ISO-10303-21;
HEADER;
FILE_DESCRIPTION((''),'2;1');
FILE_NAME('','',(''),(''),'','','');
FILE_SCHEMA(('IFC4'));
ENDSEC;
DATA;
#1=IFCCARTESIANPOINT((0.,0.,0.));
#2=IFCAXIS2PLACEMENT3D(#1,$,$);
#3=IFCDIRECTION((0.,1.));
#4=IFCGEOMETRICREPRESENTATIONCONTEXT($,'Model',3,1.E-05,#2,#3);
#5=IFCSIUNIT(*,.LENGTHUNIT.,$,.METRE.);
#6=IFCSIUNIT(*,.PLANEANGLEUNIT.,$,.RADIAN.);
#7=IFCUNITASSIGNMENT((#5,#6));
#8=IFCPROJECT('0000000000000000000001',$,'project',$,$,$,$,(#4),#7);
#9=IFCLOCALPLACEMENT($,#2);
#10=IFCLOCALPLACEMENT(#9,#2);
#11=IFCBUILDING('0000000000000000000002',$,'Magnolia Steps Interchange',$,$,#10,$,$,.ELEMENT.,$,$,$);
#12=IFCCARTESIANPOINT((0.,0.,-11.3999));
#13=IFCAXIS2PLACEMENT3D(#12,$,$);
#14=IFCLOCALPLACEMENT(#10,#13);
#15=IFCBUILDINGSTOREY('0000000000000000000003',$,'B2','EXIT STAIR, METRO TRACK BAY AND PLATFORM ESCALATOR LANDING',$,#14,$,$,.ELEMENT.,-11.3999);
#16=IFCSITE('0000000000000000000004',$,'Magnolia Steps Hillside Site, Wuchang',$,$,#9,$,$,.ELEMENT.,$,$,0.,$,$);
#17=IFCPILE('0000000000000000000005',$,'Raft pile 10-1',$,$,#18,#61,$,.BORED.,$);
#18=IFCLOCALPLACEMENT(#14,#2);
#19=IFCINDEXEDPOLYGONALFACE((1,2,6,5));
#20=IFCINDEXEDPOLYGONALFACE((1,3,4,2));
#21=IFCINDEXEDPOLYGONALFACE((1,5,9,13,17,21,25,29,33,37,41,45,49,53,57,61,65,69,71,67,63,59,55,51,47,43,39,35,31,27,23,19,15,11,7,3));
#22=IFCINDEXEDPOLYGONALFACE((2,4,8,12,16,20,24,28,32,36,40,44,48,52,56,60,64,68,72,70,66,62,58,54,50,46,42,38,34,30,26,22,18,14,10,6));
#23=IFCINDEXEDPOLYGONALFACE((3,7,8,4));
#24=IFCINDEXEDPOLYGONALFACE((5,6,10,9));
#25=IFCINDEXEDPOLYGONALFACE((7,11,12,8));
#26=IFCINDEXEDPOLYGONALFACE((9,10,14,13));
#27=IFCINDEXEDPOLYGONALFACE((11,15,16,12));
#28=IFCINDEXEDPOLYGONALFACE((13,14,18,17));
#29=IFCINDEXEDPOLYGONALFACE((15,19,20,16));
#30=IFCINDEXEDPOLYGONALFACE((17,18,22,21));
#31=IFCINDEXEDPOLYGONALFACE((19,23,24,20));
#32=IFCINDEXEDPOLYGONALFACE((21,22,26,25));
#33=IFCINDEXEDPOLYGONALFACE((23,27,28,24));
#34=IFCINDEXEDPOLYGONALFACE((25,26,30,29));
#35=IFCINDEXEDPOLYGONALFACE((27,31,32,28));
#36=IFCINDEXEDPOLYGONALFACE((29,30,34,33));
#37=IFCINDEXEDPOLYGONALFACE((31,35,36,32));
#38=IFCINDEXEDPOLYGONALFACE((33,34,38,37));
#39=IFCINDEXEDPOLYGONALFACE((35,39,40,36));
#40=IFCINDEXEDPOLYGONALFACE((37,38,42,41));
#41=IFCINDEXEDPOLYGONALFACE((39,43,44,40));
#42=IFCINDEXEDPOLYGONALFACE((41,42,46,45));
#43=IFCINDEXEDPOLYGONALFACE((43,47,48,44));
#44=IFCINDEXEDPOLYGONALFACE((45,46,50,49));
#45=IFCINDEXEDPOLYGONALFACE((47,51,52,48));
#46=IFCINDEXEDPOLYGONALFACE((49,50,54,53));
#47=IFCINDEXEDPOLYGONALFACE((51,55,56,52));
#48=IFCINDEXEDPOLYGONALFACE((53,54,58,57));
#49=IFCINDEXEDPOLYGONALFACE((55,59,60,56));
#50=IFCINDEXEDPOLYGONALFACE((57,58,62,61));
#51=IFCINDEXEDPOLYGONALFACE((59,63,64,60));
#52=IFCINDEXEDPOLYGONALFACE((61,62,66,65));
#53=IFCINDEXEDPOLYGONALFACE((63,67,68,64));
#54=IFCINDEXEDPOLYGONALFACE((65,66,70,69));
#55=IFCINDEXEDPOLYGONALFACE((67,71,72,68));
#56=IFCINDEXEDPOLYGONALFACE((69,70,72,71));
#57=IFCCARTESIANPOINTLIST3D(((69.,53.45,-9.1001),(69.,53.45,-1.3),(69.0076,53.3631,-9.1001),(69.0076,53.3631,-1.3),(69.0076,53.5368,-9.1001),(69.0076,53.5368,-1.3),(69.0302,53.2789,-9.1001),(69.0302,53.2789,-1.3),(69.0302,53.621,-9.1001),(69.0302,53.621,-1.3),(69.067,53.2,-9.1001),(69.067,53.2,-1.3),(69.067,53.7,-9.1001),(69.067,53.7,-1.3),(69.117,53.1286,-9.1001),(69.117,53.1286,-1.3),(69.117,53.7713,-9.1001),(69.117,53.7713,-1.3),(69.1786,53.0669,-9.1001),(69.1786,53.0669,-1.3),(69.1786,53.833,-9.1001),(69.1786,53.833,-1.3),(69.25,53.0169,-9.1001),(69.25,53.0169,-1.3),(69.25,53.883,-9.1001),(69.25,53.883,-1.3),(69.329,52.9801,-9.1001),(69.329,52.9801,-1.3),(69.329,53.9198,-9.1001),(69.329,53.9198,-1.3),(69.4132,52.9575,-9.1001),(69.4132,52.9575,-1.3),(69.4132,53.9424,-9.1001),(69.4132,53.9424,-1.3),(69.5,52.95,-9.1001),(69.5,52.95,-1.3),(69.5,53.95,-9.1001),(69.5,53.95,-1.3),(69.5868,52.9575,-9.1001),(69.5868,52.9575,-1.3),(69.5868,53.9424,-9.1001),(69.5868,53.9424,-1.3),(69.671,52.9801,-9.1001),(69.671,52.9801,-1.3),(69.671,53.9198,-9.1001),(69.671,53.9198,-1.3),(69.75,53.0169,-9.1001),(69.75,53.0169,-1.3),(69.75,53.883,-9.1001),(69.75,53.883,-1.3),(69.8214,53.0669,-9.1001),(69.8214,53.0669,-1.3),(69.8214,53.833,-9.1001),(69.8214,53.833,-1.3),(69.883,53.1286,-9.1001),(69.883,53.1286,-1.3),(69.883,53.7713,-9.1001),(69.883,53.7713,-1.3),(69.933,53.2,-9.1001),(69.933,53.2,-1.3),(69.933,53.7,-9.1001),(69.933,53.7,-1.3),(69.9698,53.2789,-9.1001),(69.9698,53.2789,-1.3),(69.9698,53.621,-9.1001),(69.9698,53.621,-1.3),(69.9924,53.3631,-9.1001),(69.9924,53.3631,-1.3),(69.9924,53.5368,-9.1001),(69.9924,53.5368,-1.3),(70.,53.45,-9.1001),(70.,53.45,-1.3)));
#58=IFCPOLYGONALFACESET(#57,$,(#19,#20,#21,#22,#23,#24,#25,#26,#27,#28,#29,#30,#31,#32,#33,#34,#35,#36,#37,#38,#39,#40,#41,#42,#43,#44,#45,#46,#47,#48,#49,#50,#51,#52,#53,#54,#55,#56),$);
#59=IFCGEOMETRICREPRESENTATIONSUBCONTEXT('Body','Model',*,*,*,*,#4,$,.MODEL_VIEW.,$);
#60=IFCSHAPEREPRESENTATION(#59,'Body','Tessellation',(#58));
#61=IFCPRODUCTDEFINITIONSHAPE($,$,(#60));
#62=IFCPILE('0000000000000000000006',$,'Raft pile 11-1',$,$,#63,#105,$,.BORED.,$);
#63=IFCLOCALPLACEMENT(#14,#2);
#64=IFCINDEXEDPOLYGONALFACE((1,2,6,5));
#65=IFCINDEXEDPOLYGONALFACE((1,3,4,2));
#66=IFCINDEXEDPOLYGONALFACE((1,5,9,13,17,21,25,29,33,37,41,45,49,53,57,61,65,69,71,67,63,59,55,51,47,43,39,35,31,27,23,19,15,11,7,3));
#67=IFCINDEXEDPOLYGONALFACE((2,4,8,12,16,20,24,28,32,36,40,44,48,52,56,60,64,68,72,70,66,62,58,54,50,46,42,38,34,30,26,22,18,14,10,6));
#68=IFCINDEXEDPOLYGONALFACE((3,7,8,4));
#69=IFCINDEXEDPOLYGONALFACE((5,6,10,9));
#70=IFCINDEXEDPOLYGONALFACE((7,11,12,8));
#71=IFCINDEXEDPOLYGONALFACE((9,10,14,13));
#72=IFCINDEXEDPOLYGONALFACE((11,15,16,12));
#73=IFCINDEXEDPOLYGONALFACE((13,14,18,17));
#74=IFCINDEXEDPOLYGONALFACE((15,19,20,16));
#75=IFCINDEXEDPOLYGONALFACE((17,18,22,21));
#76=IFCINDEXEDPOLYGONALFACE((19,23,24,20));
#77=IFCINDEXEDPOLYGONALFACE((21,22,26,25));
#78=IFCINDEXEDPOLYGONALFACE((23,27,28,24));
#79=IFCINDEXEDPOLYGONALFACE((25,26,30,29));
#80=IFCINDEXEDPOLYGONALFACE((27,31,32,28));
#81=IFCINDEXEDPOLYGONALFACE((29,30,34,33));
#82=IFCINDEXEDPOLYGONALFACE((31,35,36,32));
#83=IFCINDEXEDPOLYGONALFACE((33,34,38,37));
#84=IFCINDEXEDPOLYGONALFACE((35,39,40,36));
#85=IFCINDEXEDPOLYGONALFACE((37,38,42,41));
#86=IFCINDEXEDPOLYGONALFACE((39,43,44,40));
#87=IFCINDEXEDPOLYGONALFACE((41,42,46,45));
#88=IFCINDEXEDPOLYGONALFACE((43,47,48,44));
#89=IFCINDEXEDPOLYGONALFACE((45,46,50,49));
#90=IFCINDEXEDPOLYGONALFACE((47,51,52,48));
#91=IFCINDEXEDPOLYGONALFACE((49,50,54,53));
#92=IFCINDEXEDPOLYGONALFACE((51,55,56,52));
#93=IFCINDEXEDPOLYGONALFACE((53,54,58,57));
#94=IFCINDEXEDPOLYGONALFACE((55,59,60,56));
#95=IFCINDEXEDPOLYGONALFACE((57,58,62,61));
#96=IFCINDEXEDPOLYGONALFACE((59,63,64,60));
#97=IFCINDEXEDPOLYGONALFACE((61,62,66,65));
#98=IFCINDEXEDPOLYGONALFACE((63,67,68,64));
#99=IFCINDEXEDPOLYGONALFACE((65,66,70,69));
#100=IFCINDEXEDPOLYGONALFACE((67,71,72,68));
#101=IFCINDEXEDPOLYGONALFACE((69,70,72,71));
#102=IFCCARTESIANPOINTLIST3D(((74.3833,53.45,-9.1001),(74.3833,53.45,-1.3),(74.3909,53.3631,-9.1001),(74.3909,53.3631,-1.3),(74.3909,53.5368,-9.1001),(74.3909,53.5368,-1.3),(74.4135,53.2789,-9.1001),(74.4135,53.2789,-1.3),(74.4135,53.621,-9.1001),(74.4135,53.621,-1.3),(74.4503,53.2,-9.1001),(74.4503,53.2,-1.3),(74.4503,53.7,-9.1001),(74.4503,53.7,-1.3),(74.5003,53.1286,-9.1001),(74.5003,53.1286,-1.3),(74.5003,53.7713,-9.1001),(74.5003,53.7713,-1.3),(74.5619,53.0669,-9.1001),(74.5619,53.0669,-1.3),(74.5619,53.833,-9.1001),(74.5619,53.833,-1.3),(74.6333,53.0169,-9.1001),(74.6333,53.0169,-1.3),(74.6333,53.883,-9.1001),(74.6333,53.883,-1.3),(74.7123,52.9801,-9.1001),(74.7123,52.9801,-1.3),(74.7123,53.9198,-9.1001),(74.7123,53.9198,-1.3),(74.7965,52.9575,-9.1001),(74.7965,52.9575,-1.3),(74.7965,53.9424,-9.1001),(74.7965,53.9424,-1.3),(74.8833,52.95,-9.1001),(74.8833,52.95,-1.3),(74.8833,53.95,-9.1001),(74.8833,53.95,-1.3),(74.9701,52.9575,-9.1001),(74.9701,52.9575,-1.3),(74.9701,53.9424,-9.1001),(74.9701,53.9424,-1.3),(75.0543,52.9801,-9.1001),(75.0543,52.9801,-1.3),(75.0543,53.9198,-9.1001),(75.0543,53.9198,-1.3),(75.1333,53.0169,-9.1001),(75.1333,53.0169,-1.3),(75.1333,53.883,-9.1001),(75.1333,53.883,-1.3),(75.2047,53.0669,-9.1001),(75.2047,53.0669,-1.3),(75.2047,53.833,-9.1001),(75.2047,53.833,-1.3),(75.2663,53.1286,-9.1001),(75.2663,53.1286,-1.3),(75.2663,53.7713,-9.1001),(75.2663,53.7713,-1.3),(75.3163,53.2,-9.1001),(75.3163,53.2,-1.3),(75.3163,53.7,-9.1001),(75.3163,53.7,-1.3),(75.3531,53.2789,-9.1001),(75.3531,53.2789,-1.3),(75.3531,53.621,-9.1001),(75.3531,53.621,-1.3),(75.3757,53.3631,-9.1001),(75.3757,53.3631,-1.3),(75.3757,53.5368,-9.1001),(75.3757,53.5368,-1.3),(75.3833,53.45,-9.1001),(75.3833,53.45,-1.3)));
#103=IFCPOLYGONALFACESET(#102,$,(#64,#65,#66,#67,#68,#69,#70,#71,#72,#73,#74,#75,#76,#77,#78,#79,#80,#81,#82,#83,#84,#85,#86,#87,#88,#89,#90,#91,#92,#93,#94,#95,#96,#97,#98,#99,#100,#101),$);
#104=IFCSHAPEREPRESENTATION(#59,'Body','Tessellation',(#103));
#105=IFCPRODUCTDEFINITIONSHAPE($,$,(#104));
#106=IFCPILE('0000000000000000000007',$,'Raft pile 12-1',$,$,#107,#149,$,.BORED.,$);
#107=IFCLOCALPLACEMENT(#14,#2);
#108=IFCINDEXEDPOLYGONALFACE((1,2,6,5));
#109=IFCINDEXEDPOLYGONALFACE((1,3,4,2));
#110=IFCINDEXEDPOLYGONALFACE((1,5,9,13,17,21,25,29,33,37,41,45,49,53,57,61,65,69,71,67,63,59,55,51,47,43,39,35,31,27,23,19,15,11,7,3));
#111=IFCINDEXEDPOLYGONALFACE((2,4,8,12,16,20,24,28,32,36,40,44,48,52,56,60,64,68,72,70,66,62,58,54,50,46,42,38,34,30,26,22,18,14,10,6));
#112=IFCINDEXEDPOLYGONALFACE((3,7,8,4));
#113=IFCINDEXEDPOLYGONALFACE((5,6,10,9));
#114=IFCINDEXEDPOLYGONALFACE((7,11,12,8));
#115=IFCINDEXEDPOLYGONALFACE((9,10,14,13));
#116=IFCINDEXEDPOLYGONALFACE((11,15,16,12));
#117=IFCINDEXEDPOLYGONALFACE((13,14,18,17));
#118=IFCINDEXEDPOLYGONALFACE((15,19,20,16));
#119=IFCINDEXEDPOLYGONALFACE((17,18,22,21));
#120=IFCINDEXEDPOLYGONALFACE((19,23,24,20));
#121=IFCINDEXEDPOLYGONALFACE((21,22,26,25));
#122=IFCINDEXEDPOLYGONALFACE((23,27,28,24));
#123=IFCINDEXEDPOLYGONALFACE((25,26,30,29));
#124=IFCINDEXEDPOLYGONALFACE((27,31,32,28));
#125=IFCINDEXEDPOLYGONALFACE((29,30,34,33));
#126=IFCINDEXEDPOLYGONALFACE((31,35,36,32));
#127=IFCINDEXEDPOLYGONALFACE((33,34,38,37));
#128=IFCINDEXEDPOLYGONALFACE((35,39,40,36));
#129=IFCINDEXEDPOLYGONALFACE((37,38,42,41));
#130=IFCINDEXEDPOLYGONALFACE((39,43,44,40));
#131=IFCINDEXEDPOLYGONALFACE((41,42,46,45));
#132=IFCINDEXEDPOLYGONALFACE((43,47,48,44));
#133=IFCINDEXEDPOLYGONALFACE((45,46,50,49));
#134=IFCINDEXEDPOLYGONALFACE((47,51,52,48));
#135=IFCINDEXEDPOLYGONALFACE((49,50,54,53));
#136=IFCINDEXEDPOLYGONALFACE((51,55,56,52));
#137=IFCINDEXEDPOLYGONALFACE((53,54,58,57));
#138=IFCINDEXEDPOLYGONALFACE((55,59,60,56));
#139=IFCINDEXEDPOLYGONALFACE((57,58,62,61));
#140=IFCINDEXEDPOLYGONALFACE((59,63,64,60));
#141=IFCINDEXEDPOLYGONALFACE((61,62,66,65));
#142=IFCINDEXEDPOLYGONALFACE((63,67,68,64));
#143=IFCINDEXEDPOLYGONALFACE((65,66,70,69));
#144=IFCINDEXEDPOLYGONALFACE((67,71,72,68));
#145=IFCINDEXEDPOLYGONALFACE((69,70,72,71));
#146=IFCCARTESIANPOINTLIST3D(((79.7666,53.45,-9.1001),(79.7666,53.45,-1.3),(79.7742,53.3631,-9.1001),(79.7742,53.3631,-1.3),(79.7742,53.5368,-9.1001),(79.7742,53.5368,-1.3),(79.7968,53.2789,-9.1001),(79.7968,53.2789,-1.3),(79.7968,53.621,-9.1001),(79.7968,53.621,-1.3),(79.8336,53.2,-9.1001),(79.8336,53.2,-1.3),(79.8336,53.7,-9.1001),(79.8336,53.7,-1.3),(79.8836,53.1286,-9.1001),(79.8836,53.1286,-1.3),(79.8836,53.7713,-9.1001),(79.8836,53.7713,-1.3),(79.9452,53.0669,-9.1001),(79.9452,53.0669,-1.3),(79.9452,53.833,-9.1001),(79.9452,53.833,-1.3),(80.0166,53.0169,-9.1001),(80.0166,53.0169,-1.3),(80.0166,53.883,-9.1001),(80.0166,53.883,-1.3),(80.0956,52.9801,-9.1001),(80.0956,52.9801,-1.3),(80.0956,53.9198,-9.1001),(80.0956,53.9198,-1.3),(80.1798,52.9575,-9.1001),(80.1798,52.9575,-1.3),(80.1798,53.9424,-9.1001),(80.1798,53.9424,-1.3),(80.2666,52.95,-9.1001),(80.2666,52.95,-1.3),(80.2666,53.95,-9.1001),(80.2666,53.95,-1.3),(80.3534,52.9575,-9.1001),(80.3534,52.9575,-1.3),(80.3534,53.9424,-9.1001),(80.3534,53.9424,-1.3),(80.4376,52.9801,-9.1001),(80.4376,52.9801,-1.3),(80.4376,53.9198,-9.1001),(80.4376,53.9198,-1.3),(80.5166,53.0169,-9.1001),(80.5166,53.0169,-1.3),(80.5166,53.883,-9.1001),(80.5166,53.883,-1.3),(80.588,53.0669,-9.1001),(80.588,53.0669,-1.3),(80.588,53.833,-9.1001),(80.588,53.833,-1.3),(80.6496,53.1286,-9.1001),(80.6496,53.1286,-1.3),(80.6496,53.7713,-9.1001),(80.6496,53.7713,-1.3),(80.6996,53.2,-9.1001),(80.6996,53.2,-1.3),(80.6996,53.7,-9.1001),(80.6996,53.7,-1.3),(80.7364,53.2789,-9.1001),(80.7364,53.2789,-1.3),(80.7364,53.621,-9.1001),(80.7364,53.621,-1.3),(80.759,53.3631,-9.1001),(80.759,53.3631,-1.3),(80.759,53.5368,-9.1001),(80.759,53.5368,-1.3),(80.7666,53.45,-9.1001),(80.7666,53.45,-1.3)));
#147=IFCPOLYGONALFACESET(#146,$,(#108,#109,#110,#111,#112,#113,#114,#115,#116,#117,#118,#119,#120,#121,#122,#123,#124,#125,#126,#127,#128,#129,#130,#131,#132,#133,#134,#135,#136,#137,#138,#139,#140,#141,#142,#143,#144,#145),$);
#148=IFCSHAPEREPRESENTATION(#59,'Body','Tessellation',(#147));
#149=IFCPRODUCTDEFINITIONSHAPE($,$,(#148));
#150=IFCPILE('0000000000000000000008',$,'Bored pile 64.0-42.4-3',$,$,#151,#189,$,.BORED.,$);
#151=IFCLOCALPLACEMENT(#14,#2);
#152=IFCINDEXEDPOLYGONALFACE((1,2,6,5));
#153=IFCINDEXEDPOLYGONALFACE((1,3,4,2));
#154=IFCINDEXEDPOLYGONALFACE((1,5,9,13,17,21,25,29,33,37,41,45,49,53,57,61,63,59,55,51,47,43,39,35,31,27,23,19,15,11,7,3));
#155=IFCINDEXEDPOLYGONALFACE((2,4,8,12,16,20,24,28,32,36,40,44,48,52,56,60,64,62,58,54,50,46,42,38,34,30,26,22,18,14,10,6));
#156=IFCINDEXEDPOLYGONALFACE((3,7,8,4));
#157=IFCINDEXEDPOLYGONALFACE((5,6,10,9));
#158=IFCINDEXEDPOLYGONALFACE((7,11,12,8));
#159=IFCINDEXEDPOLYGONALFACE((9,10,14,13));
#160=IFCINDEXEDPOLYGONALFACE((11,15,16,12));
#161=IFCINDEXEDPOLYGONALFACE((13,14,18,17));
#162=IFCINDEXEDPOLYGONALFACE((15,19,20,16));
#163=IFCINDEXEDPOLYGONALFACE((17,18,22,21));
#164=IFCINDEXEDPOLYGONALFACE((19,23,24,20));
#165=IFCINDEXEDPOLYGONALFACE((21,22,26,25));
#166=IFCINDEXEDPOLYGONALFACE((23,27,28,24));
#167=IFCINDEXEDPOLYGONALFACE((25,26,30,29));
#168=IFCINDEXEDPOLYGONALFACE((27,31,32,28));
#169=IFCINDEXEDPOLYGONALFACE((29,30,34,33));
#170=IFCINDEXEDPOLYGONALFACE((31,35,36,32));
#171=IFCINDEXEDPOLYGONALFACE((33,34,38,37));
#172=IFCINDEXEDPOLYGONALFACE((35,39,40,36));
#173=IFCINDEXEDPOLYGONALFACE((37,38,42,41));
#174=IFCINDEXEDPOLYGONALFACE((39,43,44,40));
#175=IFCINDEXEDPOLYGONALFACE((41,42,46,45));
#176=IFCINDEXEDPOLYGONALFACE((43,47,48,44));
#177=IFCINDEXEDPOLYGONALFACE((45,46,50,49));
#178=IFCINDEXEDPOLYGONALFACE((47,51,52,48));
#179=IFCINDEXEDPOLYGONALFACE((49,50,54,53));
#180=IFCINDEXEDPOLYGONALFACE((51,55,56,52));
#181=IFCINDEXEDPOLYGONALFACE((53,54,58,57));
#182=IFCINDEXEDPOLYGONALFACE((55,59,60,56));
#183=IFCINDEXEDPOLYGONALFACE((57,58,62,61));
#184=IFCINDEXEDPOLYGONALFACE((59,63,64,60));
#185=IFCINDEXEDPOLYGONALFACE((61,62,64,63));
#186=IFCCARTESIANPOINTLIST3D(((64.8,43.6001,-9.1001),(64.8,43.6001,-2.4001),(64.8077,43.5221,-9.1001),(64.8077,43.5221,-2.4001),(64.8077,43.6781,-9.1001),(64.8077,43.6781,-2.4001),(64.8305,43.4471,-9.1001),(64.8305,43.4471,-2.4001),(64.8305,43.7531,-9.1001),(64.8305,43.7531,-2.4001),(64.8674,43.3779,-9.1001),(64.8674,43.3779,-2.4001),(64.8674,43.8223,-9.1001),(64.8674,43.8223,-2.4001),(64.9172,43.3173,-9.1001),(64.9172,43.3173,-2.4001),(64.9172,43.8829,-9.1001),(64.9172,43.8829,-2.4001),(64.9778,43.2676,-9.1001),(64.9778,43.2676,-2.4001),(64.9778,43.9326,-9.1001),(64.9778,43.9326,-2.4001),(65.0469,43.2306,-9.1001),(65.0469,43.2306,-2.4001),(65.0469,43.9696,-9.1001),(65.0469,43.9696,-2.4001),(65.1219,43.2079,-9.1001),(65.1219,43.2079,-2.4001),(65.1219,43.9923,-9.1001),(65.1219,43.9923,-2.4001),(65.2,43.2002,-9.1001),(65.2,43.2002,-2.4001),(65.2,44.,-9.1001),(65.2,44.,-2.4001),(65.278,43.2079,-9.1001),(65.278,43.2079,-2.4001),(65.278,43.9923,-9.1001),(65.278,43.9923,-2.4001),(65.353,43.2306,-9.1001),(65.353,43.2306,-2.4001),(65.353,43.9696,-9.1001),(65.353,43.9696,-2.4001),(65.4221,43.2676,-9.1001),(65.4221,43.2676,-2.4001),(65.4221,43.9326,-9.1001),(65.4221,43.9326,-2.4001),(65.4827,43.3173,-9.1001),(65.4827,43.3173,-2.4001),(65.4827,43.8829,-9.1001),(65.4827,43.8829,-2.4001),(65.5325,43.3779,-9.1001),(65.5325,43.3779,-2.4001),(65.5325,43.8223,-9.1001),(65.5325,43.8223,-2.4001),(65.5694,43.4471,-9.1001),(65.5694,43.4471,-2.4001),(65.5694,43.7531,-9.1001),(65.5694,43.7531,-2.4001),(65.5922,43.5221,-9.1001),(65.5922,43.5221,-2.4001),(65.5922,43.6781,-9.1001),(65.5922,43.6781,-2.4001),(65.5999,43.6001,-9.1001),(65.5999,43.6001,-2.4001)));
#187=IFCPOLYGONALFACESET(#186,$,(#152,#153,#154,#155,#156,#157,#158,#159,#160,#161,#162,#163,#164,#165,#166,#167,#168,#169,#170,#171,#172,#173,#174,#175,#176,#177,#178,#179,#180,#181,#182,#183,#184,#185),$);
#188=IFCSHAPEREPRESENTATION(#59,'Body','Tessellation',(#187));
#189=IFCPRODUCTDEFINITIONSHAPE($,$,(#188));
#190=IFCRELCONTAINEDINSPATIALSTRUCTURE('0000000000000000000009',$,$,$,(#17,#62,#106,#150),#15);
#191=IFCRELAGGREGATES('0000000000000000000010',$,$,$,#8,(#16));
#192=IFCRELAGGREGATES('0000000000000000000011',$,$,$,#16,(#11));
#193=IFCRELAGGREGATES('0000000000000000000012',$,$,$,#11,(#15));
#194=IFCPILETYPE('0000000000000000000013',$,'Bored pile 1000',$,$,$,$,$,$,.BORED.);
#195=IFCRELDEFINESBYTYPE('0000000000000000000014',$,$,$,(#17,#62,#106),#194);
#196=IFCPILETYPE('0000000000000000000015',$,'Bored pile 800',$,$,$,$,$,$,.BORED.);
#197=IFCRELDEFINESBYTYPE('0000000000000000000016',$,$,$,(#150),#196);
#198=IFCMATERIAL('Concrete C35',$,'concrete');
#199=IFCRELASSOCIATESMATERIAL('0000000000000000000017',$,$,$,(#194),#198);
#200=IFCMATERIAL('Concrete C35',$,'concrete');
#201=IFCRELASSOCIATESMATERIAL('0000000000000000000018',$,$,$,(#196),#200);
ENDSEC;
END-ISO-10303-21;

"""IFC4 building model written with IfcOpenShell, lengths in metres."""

from ifc_helpers import new_model, si_unit, direction, frame, origin, origin_2d, place, context, subcontext, project, spatial, circle, extrude, material, material_profile, profile_set, type_object, element, save


model = new_model("IFC4")

# Units and contexts
model_context = context("Model", 3, precision=1e-05, world=origin(), true_north=direction((0.0, 1.0)))
body_context = subcontext(model_context, "Body", "Model", "MODEL_VIEW")
ifc_project = project(units=[si_unit("LENGTHUNIT", "METRE"), si_unit("PLANEANGLEUNIT", "RADIAN")], contexts=[model_context])

# Site, building, storey
site_placement = place(None, origin())
site = spatial("IfcSite", under=ifc_project, at=site_placement, Name="Magnolia Steps Hillside Site, Wuchang", CompositionType="ELEMENT", RefElevation=0.0)
building_placement = place(site_placement, origin())
building = spatial("IfcBuilding", under=site, at=building_placement, Name="Magnolia Steps Interchange", CompositionType="ELEMENT")
storey_placement = place(building_placement, frame((0.0, 0.0, -11.3999)))
storey = spatial("IfcBuildingStorey", under=building, at=storey_placement, Name="B2", Description="EXIT STAIR, METRO TRACK BAY AND PLATFORM ESCALATOR LANDING", CompositionType="ELEMENT", Elevation=-11.3999)

# Piles
ifc_material_1 = material(Name="Concrete C35", Category="concrete")
ifc_material_profile_1 = material_profile(ifc_material_1, circle(Radius=0.5, at=origin_2d()), Name="Bored pile 1000")
ifc_profile_set_1 = profile_set([ifc_material_profile_1], Name="Concrete C35")
pile_type_1 = type_object("IfcPileType", Name="Bored pile 1000", PredefinedType="BORED", material=ifc_profile_set_1)
for number, where, z_axis, x_axis, name in (
    (1, (69.5, 53.45, -1.3), (0.0, 0.0, -1.0), (1.0, 0.0, 0.0), "Raft pile 10-1"),
    (2, (74.8833, 53.45, -1.3), (0.0, 0.0, -1.0), (1.0, 0.0, 0.0), "Raft pile 11-1"),
    (3, (80.2666, 53.45, -1.3), (0.0, 0.0, -1.0), (1.0, 0.0, 0.0), "Raft pile 12-1"),
):
    element("IfcPile", number, at=place(storey_placement, frame(where, z_axis=z_axis, x_axis=x_axis)), inside=storey, type_object=pile_type_1, Name=name, PredefinedType="BORED", context=body_context, shape_type="SweptSolid", body=[
        extrude(circle(Radius=0.5, at=origin_2d()), origin(), (0.0, 0.0, 1.0), 7.8),
    ])
ifc_material_2 = material(Name="Concrete C35", Category="concrete")
ifc_material_profile_2 = material_profile(ifc_material_2, circle(Radius=0.3999, at=origin_2d()), Name="Bored pile 800")
ifc_profile_set_2 = profile_set([ifc_material_profile_2], Name="Concrete C35")
pile_type_2 = type_object("IfcPileType", Name="Bored pile 800", PredefinedType="BORED", material=ifc_profile_set_2)
for number, where, z_axis, x_axis, name in (
    (4, (65.2, 43.6001, -2.4001), (0.0, 0.0, -1.0), (1.0, 0.0, 0.0), "Bored pile 64.0-42.4-3"),
):
    element("IfcPile", number, at=place(storey_placement, frame(where, z_axis=z_axis, x_axis=x_axis)), inside=storey, type_object=pile_type_2, Name=name, PredefinedType="BORED", context=body_context, shape_type="SweptSolid", body=[
        extrude(circle(Radius=0.3999, at=origin_2d()), origin(), (0.0, 0.0, 1.0), 6.7),
    ])

save(model, "model.ifc")
